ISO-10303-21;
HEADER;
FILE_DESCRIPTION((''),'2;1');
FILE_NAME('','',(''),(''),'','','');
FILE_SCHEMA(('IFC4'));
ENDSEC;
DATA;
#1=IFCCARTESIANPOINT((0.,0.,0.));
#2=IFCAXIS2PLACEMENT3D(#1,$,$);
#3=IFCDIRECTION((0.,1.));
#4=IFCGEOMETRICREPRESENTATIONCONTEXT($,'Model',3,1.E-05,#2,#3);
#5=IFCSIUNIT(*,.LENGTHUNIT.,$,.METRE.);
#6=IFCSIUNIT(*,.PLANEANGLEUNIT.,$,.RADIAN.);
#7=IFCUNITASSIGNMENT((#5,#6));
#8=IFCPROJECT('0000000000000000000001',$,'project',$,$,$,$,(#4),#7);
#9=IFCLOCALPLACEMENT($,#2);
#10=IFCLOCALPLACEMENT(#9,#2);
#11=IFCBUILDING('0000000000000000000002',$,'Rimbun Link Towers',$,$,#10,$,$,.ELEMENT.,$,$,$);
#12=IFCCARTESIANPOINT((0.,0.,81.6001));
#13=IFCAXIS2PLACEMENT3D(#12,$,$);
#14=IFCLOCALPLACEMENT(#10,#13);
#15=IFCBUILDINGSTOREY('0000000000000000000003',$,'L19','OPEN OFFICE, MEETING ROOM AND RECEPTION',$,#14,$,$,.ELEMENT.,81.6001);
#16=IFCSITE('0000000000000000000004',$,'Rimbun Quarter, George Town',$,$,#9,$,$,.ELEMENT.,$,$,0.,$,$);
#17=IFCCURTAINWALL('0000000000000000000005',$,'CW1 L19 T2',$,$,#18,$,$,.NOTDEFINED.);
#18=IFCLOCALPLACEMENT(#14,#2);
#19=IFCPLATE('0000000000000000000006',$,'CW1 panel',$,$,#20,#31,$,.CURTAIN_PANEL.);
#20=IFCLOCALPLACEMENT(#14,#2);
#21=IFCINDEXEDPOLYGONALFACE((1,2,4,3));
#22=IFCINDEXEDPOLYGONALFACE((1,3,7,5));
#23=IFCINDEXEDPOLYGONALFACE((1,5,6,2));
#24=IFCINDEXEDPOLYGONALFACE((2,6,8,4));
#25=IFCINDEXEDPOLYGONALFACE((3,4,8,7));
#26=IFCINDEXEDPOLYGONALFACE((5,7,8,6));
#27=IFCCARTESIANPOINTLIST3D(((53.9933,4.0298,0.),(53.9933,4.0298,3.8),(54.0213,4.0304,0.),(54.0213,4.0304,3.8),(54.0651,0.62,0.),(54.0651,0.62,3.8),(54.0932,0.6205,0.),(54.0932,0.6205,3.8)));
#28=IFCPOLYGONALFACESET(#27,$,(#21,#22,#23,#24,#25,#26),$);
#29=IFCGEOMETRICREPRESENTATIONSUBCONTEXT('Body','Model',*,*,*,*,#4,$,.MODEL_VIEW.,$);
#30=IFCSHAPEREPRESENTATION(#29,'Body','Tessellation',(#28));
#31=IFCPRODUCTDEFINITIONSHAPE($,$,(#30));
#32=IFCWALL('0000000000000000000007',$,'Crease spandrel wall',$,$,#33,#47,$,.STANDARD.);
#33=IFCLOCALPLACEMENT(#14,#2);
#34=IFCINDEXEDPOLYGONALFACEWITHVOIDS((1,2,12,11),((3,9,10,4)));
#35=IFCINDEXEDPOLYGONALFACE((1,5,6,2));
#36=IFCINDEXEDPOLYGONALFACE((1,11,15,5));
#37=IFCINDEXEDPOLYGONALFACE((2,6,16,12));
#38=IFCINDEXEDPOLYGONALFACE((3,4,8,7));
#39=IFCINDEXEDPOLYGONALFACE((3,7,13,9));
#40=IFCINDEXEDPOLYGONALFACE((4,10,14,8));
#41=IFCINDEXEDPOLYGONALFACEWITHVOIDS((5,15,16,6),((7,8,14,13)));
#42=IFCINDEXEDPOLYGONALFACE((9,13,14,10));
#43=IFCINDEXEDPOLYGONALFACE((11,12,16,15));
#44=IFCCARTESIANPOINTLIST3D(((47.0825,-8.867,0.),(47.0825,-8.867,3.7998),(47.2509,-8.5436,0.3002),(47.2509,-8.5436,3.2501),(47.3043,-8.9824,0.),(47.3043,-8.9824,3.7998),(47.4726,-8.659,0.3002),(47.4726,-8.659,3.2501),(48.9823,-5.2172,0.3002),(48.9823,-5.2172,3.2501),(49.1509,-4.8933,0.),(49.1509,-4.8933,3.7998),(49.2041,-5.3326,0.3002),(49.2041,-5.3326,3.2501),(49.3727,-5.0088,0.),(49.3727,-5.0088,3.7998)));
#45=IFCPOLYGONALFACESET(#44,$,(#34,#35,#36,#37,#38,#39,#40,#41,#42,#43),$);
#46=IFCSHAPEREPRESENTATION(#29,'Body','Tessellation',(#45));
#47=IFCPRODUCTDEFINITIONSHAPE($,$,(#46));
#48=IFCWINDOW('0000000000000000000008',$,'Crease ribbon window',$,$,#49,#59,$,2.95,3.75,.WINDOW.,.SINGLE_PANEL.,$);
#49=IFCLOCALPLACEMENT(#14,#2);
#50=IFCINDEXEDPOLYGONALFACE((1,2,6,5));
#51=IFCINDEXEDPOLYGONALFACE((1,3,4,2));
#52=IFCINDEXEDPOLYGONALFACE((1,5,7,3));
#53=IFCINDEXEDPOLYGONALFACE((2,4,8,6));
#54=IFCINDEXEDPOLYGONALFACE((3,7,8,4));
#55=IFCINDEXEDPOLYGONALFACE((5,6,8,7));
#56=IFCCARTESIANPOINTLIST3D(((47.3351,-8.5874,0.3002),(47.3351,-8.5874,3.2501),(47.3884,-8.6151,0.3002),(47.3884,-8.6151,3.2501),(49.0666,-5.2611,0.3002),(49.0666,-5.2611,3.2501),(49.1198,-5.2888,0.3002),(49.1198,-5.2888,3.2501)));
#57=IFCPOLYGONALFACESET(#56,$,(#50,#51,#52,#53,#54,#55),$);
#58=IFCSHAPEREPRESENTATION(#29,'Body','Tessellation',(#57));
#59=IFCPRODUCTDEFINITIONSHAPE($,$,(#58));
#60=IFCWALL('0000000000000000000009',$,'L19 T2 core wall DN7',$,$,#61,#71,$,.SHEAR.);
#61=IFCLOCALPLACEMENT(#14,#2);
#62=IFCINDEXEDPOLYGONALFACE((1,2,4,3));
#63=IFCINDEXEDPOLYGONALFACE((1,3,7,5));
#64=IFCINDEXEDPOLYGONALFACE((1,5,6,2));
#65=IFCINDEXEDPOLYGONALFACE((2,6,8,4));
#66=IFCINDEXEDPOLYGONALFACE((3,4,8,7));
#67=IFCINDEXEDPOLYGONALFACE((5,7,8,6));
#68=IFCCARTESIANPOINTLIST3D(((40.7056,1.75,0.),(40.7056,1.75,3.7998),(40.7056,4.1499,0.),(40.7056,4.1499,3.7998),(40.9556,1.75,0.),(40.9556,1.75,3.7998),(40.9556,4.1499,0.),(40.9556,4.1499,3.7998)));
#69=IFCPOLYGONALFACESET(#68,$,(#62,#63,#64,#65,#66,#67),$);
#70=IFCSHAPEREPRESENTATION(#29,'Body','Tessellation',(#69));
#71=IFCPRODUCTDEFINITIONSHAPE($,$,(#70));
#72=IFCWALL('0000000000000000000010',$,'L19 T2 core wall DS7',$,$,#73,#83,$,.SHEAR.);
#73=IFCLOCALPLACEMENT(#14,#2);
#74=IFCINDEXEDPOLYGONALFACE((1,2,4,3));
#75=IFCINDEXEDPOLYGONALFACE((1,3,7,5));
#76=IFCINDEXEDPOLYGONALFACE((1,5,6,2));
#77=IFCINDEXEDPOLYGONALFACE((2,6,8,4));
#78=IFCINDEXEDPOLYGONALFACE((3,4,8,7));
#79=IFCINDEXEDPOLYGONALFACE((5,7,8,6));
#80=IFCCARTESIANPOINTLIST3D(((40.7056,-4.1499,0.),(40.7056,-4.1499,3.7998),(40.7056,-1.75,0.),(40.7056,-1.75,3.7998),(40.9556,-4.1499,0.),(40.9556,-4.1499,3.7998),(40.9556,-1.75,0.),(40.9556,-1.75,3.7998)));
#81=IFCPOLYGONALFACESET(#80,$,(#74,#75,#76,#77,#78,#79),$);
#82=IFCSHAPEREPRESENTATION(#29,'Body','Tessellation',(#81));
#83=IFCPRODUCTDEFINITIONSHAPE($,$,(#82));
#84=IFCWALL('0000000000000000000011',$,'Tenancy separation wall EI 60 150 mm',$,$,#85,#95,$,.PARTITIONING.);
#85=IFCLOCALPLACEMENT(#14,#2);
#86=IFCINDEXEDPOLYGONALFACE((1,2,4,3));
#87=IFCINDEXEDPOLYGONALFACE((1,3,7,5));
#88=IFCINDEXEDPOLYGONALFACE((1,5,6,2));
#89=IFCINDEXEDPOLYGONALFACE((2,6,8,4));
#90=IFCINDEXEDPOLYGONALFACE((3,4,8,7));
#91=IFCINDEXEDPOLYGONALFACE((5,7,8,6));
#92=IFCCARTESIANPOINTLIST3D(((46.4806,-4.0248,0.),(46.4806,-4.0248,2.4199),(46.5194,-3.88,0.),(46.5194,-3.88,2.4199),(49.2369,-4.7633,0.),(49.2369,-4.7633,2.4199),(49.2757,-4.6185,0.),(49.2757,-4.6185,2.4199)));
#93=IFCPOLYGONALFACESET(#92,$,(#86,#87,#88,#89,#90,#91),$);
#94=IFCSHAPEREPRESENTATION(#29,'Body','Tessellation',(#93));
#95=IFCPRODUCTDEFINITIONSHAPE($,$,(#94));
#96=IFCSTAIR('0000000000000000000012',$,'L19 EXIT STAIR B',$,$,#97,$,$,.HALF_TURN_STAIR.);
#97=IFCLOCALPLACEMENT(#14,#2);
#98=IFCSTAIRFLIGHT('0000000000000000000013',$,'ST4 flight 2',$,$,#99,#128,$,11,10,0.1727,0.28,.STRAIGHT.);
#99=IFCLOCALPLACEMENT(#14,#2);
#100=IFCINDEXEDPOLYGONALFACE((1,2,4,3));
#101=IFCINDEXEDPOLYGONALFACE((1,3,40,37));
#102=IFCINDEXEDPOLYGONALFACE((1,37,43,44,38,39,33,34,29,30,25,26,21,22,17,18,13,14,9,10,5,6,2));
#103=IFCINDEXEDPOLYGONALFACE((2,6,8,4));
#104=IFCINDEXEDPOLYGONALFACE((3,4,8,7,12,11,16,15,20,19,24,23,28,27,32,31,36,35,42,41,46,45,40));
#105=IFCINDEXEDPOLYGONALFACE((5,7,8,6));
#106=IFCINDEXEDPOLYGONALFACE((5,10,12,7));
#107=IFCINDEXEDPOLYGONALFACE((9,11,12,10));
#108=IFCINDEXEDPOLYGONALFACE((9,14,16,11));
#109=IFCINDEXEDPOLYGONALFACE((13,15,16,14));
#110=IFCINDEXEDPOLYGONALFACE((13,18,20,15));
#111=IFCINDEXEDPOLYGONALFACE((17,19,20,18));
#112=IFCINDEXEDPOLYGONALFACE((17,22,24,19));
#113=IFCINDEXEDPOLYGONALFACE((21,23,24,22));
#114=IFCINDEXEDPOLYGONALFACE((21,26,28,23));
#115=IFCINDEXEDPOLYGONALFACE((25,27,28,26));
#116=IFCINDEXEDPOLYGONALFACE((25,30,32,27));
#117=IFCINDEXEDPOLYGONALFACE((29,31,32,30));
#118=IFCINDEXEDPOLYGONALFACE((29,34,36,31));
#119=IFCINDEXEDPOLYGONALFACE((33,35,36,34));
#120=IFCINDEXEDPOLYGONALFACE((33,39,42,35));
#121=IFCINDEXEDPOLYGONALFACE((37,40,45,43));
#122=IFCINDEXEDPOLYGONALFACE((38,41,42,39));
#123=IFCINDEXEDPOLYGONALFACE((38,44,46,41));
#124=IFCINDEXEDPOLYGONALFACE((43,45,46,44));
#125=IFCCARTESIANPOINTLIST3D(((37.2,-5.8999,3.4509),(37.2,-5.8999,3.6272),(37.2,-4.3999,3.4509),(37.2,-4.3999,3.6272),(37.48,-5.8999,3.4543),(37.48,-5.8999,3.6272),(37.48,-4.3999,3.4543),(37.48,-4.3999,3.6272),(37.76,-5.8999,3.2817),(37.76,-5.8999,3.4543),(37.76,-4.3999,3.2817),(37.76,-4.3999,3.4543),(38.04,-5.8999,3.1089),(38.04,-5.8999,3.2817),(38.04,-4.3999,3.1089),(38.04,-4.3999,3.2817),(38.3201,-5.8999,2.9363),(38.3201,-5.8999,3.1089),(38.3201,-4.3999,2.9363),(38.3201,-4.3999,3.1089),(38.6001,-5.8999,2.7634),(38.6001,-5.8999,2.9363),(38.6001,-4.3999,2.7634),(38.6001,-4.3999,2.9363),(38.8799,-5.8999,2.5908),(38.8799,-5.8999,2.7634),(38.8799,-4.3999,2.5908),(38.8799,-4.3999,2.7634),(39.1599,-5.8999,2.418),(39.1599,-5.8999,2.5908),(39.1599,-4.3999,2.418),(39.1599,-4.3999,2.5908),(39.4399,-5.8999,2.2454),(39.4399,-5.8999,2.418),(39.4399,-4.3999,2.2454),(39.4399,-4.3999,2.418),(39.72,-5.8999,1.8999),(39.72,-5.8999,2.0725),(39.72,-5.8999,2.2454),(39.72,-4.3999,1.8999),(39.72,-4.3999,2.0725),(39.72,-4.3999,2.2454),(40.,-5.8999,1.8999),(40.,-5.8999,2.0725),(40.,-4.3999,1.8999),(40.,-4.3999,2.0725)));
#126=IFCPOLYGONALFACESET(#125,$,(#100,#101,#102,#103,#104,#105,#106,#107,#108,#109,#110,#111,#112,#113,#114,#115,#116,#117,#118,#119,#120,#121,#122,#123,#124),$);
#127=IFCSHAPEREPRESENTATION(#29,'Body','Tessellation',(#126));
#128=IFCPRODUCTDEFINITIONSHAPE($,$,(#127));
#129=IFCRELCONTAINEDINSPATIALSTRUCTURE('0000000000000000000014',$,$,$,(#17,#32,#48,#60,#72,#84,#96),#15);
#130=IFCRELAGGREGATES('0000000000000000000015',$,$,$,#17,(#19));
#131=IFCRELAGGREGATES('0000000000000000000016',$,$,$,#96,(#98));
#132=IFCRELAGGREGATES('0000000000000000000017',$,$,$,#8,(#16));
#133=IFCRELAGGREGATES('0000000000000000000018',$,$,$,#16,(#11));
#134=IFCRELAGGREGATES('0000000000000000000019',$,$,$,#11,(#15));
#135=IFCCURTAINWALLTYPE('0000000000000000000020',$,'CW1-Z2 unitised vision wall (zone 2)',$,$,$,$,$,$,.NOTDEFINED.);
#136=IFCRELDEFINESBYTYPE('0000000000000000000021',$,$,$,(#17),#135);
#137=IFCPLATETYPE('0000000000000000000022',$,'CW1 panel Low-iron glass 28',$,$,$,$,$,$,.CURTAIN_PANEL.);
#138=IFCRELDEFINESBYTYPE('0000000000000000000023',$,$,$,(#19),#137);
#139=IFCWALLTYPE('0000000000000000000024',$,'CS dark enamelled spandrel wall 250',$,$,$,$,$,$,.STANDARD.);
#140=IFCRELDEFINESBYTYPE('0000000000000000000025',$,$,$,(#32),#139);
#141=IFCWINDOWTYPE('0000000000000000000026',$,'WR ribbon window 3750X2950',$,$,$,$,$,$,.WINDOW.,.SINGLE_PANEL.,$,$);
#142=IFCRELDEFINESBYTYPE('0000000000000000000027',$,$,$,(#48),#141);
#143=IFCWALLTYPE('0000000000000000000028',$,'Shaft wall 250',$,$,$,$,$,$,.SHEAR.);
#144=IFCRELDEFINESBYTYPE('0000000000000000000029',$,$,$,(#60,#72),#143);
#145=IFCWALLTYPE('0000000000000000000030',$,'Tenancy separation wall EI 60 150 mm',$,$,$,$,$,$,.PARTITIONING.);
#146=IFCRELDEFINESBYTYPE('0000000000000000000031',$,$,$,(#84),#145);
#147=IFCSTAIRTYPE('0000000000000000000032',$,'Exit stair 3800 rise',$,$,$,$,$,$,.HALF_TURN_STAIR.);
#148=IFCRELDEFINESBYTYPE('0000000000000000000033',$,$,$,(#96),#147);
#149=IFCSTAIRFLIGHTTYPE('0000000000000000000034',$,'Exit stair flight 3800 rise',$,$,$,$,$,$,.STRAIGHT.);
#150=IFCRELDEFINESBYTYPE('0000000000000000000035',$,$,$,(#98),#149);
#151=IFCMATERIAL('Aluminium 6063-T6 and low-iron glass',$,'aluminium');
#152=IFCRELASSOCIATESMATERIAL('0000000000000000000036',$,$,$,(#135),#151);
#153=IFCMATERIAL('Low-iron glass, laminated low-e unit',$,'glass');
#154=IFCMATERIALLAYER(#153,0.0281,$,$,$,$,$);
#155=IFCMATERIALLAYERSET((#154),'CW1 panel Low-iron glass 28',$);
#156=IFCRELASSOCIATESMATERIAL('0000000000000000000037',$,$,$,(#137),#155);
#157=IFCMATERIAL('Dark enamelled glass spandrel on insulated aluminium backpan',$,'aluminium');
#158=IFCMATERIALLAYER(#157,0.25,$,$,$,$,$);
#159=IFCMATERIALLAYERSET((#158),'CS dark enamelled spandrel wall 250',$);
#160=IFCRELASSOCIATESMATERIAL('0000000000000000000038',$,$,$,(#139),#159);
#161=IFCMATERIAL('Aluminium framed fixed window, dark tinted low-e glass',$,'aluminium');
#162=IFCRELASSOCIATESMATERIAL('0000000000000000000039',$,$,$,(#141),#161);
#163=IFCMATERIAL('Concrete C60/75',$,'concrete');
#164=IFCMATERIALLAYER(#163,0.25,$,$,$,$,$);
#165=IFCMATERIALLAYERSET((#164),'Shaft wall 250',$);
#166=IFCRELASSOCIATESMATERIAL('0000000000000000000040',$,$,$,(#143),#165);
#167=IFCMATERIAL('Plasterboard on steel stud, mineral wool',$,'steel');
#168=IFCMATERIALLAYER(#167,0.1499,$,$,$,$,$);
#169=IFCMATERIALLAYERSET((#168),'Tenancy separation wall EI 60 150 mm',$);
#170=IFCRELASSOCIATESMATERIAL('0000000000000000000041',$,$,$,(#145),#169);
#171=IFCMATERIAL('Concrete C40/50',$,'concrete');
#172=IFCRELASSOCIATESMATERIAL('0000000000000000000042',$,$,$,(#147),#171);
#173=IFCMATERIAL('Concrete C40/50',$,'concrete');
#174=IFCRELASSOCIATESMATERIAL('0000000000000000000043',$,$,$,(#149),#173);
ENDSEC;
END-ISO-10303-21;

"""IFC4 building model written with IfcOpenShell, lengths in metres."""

from ifc_helpers import new_model, si_unit, direction, frame, frame_2d, origin, origin_2d, place, context, subcontext, project, spatial, polyline, rectangle, outline, extrude, material, layer, layer_set, type_object, element, fill, aggregate, save


model = new_model("IFC4")

# Units and contexts
model_context = context("Model", 3, precision=1e-05, world=origin(), true_north=direction((0.0, 1.0)))
body_context = subcontext(model_context, "Body", "Model", "MODEL_VIEW")
ifc_project = project(units=[si_unit("LENGTHUNIT", "METRE"), si_unit("PLANEANGLEUNIT", "RADIAN")], contexts=[model_context])

# Site, building, storey
site_placement = place(None, origin())
site = spatial("IfcSite", under=ifc_project, at=site_placement, Name="Rimbun Quarter, George Town", CompositionType="ELEMENT", RefElevation=0.0)
building_placement = place(site_placement, origin())
building = spatial("IfcBuilding", under=site, at=building_placement, Name="Rimbun Link Towers", CompositionType="ELEMENT")
storey_placement = place(building_placement, frame((0.0, 0.0, 81.6001)))
storey = spatial("IfcBuildingStorey", under=building, at=storey_placement, Name="L19", Description="OPEN OFFICE, MEETING ROOM AND RECEPTION", CompositionType="ELEMENT", Elevation=81.6001)

# Curtain wall
ifc_material_1 = material(Name="Aluminium 6063-T6 and low-iron glass", Category="aluminium")
curtain_wall_type = type_object("IfcCurtainWallType", Name="CW1-Z2 unitised vision wall (zone 2)", PredefinedType="NOTDEFINED", material=ifc_material_1)
curtain_wall_placement = place(storey_placement, origin())
curtain_wall = element("IfcCurtainWall", 1, at=curtain_wall_placement, inside=storey, type_object=curtain_wall_type, Name="CW1 L19 T2", PredefinedType="NOTDEFINED")

# Plate
ifc_material_2 = material(Name="Low-iron glass, laminated low-e unit", Category="glass")
ifc_layer_1 = layer(ifc_material_2, 0.0281)
ifc_layer_set_1 = layer_set([ifc_layer_1], Name="CW1 panel Low-iron glass 28")
plate_type = type_object("IfcPlateType", Name="CW1 panel Low-iron glass 28", PredefinedType="CURTAIN_PANEL", material=ifc_layer_set_1)
plate_1_placement = place(storey_placement, frame((54.0432, 2.3252, 0.0), z_axis=(0.0, 0.0, 1.0), x_axis=(0.021057, -0.999778, 0.0)))
plate_1 = element("IfcPlate", 2, at=plate_1_placement, type_object=plate_type, Name="CW1 panel", PredefinedType="CURTAIN_PANEL", context=body_context, shape_type="SweptSolid", body=[
    extrude(rectangle(XDim=3.4106, YDim=0.0281, at=origin_2d()), origin(), (0.0, 0.0, 1.0), 3.8),
])
aggregate(curtain_wall, [plate_1])

# Wall, opening, window
ifc_material_3 = material(Name="Dark enamelled glass spandrel on insulated aluminium backpan", Category="aluminium")
ifc_layer_2 = layer(ifc_material_3, 0.25)
ifc_layer_set_2 = layer_set([ifc_layer_2], Name="CS dark enamelled spandrel wall 250")
wall_type_1 = type_object("IfcWallType", Name="CS dark enamelled spandrel wall 250", PredefinedType="STANDARD", material=ifc_layer_set_2)
wall_1_placement = place(storey_placement, frame((49.2617, -4.9512, 0.0), z_axis=(0.0, 0.0, 1.0), x_axis=(-0.461716, -0.887028, 0.0)))
wall_1 = element("IfcWall", 3, at=wall_1_placement, inside=storey, type_object=wall_type_1, Name="Crease spandrel wall", PredefinedType="STANDARD", context=body_context, shape_type="SweptSolid", body=[
    extrude(rectangle(XDim=4.4797, YDim=0.25, at=frame_2d((2.2397, 0.0))), origin(), (0.0, 0.0, 1.0), 3.7998),
])
opening_placement = place(wall_1_placement, frame((0.365, 0.0, 0.3)))
opening = element("IfcOpeningElement", 4, at=opening_placement, cuts=wall_1, PredefinedType="OPENING", context=body_context, shape_type="SweptSolid", body=[
    extrude(rectangle(XDim=3.75, YDim=2.95, at=frame_2d((1.875, 1.4751))), frame((0.0, 0.135, 0.0), z_axis=(0.0, -1.0, 0.0), x_axis=(1.0, 0.0, 0.0)), (0.0, 0.0, 1.0), 0.27),
])
ifc_material_4 = material(Name="Aluminium framed fixed window, dark tinted low-e glass", Category="aluminium")
window_type = type_object("IfcWindowType", Name="WR ribbon window 3750X2950", PartitioningType="SINGLE_PANEL", PredefinedType="WINDOW", material=ifc_material_4)
window_placement = place(opening_placement, origin())
window = element("IfcWindow", 5, at=window_placement, inside=storey, type_object=window_type, Name="Crease ribbon window", OverallHeight=2.95, OverallWidth=3.75, PartitioningType="SINGLE_PANEL", PredefinedType="WINDOW", context=body_context, shape_type="SweptSolid", body=[
    extrude(rectangle(XDim=3.75, YDim=2.95, at=frame_2d((1.875, 1.4751))), frame((0.0, 0.03, 0.0), z_axis=(0.0, -1.0, 0.0), x_axis=(1.0, 0.0, 0.0)), (0.0, 0.0, 1.0), 0.0601),
])
fill(opening, window)

# Walls
ifc_material_5 = material(Name="Concrete C60/75", Category="concrete")
ifc_layer_3 = layer(ifc_material_5, 0.25)
ifc_layer_set_3 = layer_set([ifc_layer_3], Name="Shaft wall 250")
wall_type_2 = type_object("IfcWallType", Name="Shaft wall 250", PredefinedType="SHEAR", material=ifc_layer_set_3)
for number, where, z_axis, x_axis, name in (
    (6, (40.8306, 1.75, 0.0), (0.0, 0.0, 1.0), (0.0, 1.0, 0.0), "L19 T2 core wall DN7"),
    (7, (40.8306, -4.1499, 0.0), (0.0, 0.0, 1.0), (0.0, 1.0, 0.0), "L19 T2 core wall DS7"),
):
    element("IfcWall", number, at=place(storey_placement, frame(where, z_axis=z_axis, x_axis=x_axis)), inside=storey, type_object=wall_type_2, Name=name, PredefinedType="SHEAR", context=body_context, shape_type="SweptSolid", body=[
        extrude(rectangle(XDim=2.3999, YDim=0.25, at=frame_2d((1.2, 0.0))), origin(), (0.0, 0.0, 1.0), 3.7998),
    ])
ifc_material_6 = material(Name="Plasterboard on steel stud, mineral wool", Category="steel")
ifc_layer_4 = layer(ifc_material_6, 0.1499)
ifc_layer_set_4 = layer_set([ifc_layer_4], Name="Tenancy separation wall EI 60 150 mm")
wall_type_3 = type_object("IfcWallType", Name="Tenancy separation wall EI 60 150 mm", PredefinedType="PARTITIONING", material=ifc_layer_set_4)
wall_2_placement = place(storey_placement, frame((46.5, -3.9524, 0.0), z_axis=(0.0, 0.0, 1.0), x_axis=(0.965929, -0.258807, 0.0)))
element("IfcWall", 8, at=wall_2_placement, inside=storey, type_object=wall_type_3, Name="Tenancy separation wall EI 60 150 mm", PredefinedType="PARTITIONING", context=body_context, shape_type="SweptSolid", body=[
    extrude(rectangle(XDim=2.8535, YDim=0.1499, at=frame_2d((1.4268, 0.0))), origin(), (0.0, 0.0, 1.0), 2.4199),
])

# Stair, stair flight
ifc_material_7 = material(Name="Concrete C40/50", Category="concrete")
stair_type = type_object("IfcStairType", Name="Exit stair 3800 rise", PredefinedType="HALF_TURN_STAIR", material=ifc_material_7)
stair_placement = place(storey_placement, origin())
stair = element("IfcStair", 9, at=stair_placement, inside=storey, type_object=stair_type, Name="L19 EXIT STAIR B", PredefinedType="HALF_TURN_STAIR")
ifc_material_8 = material(Name="Concrete C40/50", Category="concrete")
stair_flight_type = type_object("IfcStairFlightType", Name="Exit stair flight 3800 rise", PredefinedType="STRAIGHT", material=ifc_material_8)
stair_flight_placement = place(storey_placement, frame((40.0, -5.1499, 1.8999), z_axis=(0.0, 0.0, 1.0), x_axis=(-1.0, 0.0, 0.0)))
stair_flight = element("IfcStairFlight", 10, at=stair_flight_placement, type_object=stair_flight_type, Name="ST4 flight 2", NumberOfRisers=11, NumberOfTreads=10, PredefinedType="STRAIGHT", RiserHeight=0.1727, TreadLength=0.28, context=body_context, shape_type="SweptSolid", body=[
    extrude(outline(polyline([(0.0, 0.0), (0.0, 0.1726), (0.28, 0.1726), (0.28, 0.3455), (0.5601, 0.3455), (0.5601, 0.5181), (0.8401, 0.5181), (0.8401, 0.6909), (1.1201, 0.6909), (1.1201, 0.8635), (1.3999, 0.8635), (1.3999, 1.0364), (1.6799, 1.0364), (1.6799, 1.209), (1.96, 1.209), (1.96, 1.3818), (2.24, 1.3818), (2.24, 1.5544), (2.52, 1.5544), (2.52, 1.7273), (2.8, 1.7273), (2.8, 1.8999), (2.8, 1.551), (0.28, 0.0), (0.0, 0.0)])), frame((0.0, 0.75, 0.0), z_axis=(0.0, -1.0, 0.0), x_axis=(1.0, 0.0, 0.0)), (0.0, 0.0, 1.0), 1.5),
])
aggregate(stair, [stair_flight])

save(model, "model.ifc")
